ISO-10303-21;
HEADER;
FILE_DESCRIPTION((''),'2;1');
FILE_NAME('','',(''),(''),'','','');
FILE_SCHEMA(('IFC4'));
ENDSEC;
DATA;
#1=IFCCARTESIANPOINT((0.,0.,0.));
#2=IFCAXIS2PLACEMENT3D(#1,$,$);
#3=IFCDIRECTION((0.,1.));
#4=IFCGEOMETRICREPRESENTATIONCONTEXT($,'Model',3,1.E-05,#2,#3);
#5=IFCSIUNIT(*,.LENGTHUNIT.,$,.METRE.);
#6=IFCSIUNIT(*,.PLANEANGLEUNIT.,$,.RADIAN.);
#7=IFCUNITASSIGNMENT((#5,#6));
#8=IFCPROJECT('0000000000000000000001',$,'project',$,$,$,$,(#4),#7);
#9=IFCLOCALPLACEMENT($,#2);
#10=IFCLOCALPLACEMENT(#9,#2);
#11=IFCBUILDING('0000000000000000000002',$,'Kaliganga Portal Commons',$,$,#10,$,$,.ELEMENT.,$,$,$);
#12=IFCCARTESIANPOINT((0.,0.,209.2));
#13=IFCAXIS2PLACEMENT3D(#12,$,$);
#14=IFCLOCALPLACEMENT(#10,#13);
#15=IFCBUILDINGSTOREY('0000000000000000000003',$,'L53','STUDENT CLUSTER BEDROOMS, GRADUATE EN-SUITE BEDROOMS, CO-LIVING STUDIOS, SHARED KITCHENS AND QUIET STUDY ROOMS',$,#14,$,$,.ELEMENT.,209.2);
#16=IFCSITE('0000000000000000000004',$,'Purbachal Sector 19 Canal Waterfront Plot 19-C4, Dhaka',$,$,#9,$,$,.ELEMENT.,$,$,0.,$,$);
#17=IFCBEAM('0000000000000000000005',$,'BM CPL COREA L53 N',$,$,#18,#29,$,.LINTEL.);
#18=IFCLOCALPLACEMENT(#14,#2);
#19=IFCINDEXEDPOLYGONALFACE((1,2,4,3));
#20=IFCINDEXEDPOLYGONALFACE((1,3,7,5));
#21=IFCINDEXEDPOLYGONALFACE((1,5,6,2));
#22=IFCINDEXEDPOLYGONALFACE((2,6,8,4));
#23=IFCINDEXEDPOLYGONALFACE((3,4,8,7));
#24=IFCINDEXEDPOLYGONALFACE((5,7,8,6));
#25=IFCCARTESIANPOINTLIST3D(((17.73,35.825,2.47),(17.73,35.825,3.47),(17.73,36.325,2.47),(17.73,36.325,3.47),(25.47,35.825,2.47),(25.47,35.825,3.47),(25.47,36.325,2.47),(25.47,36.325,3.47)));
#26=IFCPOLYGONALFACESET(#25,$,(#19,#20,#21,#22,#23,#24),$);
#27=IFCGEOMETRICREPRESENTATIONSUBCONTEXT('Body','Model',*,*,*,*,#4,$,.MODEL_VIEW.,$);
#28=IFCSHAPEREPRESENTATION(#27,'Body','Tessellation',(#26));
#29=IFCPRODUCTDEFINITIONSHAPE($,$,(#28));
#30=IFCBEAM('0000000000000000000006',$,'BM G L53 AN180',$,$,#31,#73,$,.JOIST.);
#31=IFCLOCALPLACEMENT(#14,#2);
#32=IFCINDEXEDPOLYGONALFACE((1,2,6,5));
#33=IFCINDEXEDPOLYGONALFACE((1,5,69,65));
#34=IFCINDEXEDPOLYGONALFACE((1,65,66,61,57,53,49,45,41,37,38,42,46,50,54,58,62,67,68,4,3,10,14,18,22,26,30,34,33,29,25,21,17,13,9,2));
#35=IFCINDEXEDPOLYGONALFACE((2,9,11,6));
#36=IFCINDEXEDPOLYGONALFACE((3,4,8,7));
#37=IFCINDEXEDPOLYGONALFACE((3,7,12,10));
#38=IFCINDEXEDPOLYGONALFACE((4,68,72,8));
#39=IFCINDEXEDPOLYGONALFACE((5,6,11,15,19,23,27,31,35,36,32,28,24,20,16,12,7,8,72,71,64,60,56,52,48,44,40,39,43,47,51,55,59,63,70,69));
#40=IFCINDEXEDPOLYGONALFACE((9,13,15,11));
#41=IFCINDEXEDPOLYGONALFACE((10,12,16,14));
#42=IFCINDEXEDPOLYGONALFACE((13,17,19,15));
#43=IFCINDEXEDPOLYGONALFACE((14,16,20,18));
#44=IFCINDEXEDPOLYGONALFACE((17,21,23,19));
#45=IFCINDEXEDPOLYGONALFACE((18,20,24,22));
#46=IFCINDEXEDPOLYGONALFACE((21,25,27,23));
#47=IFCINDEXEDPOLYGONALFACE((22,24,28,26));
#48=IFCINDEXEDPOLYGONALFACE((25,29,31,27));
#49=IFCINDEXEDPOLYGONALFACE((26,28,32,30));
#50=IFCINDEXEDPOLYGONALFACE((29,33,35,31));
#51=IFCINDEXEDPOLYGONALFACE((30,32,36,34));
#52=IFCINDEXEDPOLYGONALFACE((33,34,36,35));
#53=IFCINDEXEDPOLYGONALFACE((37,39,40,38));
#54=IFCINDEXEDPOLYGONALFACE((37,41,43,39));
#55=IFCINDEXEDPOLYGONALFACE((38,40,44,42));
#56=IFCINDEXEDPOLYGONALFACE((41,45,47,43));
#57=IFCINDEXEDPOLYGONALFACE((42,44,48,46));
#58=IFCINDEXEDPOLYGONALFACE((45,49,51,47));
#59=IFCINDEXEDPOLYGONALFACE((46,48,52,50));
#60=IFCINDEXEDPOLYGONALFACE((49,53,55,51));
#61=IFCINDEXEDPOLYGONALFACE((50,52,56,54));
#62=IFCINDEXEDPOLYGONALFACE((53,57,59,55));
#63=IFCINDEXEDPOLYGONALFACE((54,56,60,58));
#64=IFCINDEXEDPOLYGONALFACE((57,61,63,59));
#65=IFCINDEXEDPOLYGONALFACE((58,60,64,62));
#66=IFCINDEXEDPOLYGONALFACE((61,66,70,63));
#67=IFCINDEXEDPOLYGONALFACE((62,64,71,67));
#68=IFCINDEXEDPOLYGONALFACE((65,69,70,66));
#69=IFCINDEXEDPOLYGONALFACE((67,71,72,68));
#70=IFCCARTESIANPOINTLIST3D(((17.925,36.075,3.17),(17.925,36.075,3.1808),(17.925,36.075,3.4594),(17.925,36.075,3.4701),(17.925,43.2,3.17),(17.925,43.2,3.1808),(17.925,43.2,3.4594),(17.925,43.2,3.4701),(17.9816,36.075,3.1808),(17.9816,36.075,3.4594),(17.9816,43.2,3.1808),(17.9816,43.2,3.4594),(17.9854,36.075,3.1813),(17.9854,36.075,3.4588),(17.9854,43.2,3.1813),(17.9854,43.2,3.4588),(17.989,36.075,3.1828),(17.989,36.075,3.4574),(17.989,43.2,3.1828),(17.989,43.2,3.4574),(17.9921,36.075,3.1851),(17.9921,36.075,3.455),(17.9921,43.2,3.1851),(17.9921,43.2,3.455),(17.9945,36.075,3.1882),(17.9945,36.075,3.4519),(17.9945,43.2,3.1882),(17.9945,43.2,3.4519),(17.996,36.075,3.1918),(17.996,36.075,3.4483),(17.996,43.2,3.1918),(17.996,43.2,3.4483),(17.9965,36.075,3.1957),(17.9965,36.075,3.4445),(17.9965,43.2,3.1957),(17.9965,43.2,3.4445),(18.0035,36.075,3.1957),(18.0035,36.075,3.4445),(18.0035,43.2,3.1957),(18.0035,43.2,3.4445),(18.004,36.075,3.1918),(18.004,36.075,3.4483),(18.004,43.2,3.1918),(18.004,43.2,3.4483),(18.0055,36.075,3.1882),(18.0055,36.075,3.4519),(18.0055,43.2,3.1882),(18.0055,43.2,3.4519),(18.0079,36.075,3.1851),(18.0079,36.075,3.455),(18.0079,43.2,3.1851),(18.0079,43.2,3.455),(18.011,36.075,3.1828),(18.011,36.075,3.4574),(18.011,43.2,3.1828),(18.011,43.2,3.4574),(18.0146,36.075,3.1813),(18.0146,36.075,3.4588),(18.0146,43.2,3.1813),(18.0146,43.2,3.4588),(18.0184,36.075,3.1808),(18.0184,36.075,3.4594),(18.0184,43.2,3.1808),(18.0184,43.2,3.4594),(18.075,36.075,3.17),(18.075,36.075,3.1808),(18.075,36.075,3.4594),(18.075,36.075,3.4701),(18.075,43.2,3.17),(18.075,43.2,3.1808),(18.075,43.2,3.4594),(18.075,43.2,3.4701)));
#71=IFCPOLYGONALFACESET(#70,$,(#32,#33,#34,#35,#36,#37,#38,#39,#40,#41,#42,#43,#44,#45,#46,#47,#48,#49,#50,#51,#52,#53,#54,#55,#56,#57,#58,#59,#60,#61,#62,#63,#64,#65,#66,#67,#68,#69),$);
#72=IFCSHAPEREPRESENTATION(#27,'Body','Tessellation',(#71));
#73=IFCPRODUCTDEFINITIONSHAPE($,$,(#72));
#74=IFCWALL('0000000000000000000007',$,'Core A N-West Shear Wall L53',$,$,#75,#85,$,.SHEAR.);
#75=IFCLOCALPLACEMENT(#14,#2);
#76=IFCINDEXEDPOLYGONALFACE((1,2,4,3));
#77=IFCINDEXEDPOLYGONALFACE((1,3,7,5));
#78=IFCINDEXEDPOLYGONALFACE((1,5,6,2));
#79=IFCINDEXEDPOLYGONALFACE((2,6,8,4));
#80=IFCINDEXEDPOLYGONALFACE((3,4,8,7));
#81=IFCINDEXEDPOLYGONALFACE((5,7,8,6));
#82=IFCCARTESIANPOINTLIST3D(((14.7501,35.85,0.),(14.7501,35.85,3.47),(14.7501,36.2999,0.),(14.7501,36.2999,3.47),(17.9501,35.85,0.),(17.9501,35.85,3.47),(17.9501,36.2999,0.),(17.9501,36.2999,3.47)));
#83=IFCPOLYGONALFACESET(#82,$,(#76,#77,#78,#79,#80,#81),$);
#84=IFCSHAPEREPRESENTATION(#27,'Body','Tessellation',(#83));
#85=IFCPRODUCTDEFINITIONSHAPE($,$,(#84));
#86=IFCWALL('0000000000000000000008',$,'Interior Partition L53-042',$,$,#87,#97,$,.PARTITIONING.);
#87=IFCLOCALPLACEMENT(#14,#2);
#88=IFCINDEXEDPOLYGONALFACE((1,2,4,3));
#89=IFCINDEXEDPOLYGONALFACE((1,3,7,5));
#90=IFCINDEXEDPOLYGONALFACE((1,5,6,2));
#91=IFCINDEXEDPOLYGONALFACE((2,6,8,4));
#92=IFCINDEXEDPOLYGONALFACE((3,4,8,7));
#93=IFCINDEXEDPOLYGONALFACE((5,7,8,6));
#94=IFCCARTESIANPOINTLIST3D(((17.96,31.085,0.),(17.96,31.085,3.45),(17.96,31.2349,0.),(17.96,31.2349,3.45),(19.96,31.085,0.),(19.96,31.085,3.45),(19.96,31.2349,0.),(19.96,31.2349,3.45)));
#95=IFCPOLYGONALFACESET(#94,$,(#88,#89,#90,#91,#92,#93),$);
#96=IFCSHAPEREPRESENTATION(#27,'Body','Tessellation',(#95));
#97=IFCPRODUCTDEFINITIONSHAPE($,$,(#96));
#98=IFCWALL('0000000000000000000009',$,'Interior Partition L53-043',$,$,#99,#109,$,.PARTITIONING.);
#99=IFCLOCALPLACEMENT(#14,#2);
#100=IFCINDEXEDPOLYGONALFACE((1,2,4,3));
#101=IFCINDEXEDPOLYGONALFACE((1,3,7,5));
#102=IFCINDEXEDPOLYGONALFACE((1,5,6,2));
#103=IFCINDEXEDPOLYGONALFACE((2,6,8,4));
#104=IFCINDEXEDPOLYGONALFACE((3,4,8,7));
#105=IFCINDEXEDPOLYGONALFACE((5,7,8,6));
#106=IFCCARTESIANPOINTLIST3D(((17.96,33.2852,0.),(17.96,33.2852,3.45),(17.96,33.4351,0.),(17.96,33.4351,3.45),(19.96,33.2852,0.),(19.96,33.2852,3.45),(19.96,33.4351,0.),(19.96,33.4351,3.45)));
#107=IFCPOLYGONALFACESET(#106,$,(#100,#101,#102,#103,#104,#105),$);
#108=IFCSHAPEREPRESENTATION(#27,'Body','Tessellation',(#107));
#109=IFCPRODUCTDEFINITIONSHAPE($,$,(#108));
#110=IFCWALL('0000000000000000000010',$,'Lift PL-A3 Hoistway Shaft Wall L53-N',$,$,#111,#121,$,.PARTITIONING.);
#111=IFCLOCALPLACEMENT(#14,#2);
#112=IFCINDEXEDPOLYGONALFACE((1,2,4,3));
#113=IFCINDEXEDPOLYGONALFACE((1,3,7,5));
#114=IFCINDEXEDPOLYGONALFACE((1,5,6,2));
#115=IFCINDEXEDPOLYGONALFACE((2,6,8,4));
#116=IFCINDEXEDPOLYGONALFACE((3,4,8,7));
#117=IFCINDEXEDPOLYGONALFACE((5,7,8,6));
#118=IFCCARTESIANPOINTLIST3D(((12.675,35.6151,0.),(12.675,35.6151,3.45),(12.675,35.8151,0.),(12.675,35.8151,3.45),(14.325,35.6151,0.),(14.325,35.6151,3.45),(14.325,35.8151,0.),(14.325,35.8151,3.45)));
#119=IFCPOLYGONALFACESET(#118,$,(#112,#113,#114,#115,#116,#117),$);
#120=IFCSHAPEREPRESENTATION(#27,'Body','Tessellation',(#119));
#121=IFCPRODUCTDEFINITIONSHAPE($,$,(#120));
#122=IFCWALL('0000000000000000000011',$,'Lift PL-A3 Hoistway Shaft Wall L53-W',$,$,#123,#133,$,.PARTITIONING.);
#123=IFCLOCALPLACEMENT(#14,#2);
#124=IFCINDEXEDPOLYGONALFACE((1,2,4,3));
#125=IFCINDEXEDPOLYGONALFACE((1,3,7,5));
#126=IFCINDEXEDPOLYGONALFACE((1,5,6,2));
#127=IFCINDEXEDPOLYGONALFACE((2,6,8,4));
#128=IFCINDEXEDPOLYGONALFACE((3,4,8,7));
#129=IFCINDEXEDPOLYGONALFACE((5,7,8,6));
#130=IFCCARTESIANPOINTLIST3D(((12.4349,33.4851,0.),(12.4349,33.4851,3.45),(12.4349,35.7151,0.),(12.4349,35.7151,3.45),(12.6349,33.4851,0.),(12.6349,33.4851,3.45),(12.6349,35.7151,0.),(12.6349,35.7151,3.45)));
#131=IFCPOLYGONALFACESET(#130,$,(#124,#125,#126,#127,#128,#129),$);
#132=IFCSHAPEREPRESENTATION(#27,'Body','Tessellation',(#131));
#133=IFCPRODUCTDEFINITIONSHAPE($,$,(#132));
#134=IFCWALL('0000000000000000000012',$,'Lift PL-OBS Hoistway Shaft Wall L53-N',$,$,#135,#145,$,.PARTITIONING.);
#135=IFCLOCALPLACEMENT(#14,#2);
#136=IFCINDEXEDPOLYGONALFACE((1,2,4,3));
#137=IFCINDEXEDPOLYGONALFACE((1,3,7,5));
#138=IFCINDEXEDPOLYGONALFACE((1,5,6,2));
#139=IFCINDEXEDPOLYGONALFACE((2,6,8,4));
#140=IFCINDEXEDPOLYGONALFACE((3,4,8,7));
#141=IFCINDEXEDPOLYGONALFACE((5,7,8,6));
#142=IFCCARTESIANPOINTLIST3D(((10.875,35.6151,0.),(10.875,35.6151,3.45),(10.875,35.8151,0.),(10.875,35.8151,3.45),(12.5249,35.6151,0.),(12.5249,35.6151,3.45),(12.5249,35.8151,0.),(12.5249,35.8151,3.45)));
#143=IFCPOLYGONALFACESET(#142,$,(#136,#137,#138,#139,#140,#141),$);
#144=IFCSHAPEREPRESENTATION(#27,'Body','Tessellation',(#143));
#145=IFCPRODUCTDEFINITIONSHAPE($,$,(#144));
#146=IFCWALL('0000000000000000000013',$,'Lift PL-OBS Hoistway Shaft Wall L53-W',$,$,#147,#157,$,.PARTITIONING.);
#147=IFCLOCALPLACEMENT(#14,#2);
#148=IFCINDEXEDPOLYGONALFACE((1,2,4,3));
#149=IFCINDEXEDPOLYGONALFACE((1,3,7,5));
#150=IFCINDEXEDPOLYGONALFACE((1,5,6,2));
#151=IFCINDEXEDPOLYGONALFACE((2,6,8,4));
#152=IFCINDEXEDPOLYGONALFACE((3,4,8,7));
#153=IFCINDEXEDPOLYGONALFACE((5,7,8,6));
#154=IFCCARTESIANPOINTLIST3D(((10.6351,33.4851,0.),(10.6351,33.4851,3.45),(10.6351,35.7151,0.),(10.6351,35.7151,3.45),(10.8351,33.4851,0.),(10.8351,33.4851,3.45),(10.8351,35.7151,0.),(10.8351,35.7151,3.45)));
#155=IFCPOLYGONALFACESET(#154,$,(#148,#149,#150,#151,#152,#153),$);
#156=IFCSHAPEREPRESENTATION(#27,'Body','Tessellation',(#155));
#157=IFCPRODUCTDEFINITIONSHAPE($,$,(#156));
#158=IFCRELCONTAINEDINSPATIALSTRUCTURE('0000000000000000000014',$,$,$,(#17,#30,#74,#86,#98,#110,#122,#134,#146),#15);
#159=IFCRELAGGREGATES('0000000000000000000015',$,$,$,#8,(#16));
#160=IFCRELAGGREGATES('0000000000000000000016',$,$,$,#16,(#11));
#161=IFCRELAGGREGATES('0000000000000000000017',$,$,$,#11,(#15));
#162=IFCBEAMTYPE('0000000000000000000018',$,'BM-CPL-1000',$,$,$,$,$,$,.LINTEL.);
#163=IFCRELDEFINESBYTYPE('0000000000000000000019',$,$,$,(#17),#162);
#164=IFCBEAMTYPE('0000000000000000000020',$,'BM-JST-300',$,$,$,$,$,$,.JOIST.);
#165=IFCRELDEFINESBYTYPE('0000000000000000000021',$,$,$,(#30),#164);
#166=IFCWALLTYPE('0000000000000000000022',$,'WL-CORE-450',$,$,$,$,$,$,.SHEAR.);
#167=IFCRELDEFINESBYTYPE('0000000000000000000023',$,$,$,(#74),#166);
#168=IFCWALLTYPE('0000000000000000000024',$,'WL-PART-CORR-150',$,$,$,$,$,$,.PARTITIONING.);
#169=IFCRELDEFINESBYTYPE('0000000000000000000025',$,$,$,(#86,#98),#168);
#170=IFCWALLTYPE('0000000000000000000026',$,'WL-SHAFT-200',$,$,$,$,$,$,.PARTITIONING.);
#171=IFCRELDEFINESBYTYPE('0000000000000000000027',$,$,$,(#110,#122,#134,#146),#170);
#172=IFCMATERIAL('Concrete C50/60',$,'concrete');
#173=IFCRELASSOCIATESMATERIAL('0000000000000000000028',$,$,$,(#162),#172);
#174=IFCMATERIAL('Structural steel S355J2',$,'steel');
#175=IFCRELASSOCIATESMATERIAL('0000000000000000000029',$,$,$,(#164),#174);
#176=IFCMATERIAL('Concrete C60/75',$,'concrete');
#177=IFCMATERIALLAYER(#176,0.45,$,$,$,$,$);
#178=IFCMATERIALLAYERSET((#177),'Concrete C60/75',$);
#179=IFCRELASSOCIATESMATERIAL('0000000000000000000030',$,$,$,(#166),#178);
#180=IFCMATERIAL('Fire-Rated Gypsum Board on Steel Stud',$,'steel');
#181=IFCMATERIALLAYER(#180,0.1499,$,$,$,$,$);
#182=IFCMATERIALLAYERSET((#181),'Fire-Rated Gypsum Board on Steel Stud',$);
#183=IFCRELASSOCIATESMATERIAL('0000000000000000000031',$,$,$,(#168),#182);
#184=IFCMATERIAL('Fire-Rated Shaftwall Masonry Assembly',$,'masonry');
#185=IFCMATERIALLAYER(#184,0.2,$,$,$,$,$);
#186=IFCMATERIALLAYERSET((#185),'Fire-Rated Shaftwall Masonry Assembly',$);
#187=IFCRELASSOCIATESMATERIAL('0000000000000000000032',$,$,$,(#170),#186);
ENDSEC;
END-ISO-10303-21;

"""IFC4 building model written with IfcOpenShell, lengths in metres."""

from ifc_helpers import new_model, si_unit, direction, frame, frame_2d, origin, origin_2d, place, context, subcontext, project, spatial, rectangle, i_section, extrude, source, transform, mapped, material, layer, layer_set, material_profile, profile_set, type_object, element, save


model = new_model("IFC4")

# Units and contexts
model_context = context("Model", 3, precision=1e-05, world=origin(), true_north=direction((0.0, 1.0)))
body_context = subcontext(model_context, "Body", "Model", "MODEL_VIEW")
ifc_project = project(units=[si_unit("LENGTHUNIT", "METRE"), si_unit("PLANEANGLEUNIT", "RADIAN")], contexts=[model_context])

# Site, building, storey
site_placement = place(None, origin())
site = spatial("IfcSite", under=ifc_project, at=site_placement, Name="Purbachal Sector 19 Canal Waterfront Plot 19-C4, Dhaka", CompositionType="ELEMENT", RefElevation=0.0)
building_placement = place(site_placement, origin())
building = spatial("IfcBuilding", under=site, at=building_placement, Name="Kaliganga Portal Commons", CompositionType="ELEMENT")
storey_placement = place(building_placement, frame((0.0, 0.0, 209.2)))
storey = spatial("IfcBuildingStorey", under=building, at=storey_placement, Name="L53", Description="STUDENT CLUSTER BEDROOMS, GRADUATE EN-SUITE BEDROOMS, CO-LIVING STUDIOS, SHARED KITCHENS AND QUIET STUDY ROOMS", CompositionType="ELEMENT", Elevation=209.2)

# Beams
ifc_material_1 = material(Name="Concrete C50/60", Category="concrete")
ifc_material_profile_1 = material_profile(ifc_material_1, rectangle(XDim=0.5, YDim=1.0, at=origin_2d()), Name="RC 500x1000")
ifc_profile_set_1 = profile_set([ifc_material_profile_1], Name="Concrete C50/60")
beam_type_1 = type_object("IfcBeamType", Name="BM-CPL-1000", PredefinedType="LINTEL", material=ifc_profile_set_1)
shared_shape_1 = source(origin(), body_context, "Body", "SweptSolid", [
    extrude(rectangle(XDim=0.5, YDim=1.0, at=origin_2d()), origin(), (0.0, 0.0, 1.0), 7.74),
])
beam_1_placement = place(storey_placement, frame((17.73, 36.075, 2.97), z_axis=(1.0, 0.0, 0.0), x_axis=(0.0, 1.0, 0.0)))
element("IfcBeam", 1, at=beam_1_placement, inside=storey, type_object=beam_type_1, Name="BM CPL COREA L53 N", PredefinedType="LINTEL", context=body_context, shape_type="MappedRepresentation", body=[
    mapped(shared_shape_1, transform((0.0, 0.0, 0.0), x_axis=(1.0, 0.0, 0.0), y_axis=(0.0, 1.0, 0.0), z_axis=(0.0, 0.0, 1.0), scale=1.0)),
])
ifc_material_2 = material(Name="Structural steel S355J2", Category="steel")
ifc_material_profile_2 = material_profile(ifc_material_2, i_section(OverallWidth=0.1499, OverallDepth=0.3, WebThickness=0.0071, FlangeThickness=0.0107, FilletRadius=0.0149, at=origin_2d()), Name="IPE 300")
ifc_profile_set_2 = profile_set([ifc_material_profile_2], Name="Structural steel S355J2 wide-flange")
beam_type_2 = type_object("IfcBeamType", Name="BM-JST-300", PredefinedType="JOIST", material=ifc_profile_set_2)
shared_shape_2 = source(origin(), body_context, "Body", "SweptSolid", [
    extrude(i_section(OverallWidth=0.1499, OverallDepth=0.3, WebThickness=0.0071, FlangeThickness=0.0107, FilletRadius=0.0149, at=origin_2d()), origin(), (0.0, 0.0, 1.0), 7.125),
])
beam_2_placement = place(storey_placement, frame((18.0, 36.075, 3.3201), z_axis=(0.0, 1.0, 0.0), x_axis=(-1.0, 0.0, 0.0)))
element("IfcBeam", 2, at=beam_2_placement, inside=storey, type_object=beam_type_2, Name="BM G L53 AN180", PredefinedType="JOIST", context=body_context, shape_type="MappedRepresentation", body=[
    mapped(shared_shape_2, transform((0.0, 0.0, 0.0), x_axis=(1.0, 0.0, 0.0), y_axis=(0.0, 1.0, 0.0), z_axis=(0.0, 0.0, 1.0), scale=1.0)),
])

# Walls
ifc_material_3 = material(Name="Concrete C60/75", Category="concrete")
ifc_layer_1 = layer(ifc_material_3, 0.45)
ifc_layer_set_1 = layer_set([ifc_layer_1], Name="Concrete C60/75")
wall_type_1 = type_object("IfcWallType", Name="WL-CORE-450", PredefinedType="SHEAR", material=ifc_layer_set_1)
wall_1_placement = place(storey_placement, frame((14.75, 36.075, 0.0), z_axis=(0.0, 0.0, 1.0), x_axis=(1.0, 0.0, 0.0)))
element("IfcWall", 3, at=wall_1_placement, inside=storey, type_object=wall_type_1, Name="Core A N-West Shear Wall L53", PredefinedType="SHEAR", context=body_context, shape_type="SweptSolid", body=[
    extrude(rectangle(XDim=3.2, YDim=0.45, at=frame_2d((1.6001, 0.0))), origin(), (0.0, 0.0, 1.0), 3.47),
])
ifc_material_4 = material(Name="Fire-Rated Gypsum Board on Steel Stud", Category="steel")
ifc_layer_2 = layer(ifc_material_4, 0.1499)
ifc_layer_set_2 = layer_set([ifc_layer_2], Name="Fire-Rated Gypsum Board on Steel Stud")
wall_type_2 = type_object("IfcWallType", Name="WL-PART-CORR-150", PredefinedType="PARTITIONING", material=ifc_layer_set_2)
for number, where, z_axis, x_axis, name in (
    (4, (17.96, 31.1599, 0.0), (0.0, 0.0, 1.0), (1.0, 0.0, 0.0), "Interior Partition L53-042"),
    (5, (17.96, 33.3601, 0.0), (0.0, 0.0, 1.0), (1.0, 0.0, 0.0), "Interior Partition L53-043"),
):
    element("IfcWall", number, at=place(storey_placement, frame(where, z_axis=z_axis, x_axis=x_axis)), inside=storey, type_object=wall_type_2, Name=name, PredefinedType="PARTITIONING", context=body_context, shape_type="SweptSolid", body=[
        extrude(rectangle(XDim=2.0, YDim=0.1499, at=frame_2d((1.0, 0.0))), origin(), (0.0, 0.0, 1.0), 3.45),
    ])

# Shared definitions
ifc_material_5 = material(Name="Fire-Rated Shaftwall Masonry Assembly", Category="masonry")
ifc_layer_3 = layer(ifc_material_5, 0.2)
ifc_layer_set_3 = layer_set([ifc_layer_3], Name="Fire-Rated Shaftwall Masonry Assembly")
wall_type_3 = type_object("IfcWallType", Name="WL-SHAFT-200", PredefinedType="PARTITIONING", material=ifc_layer_set_3)

# Walls
wall_2_placement = place(storey_placement, frame((12.675, 35.7151, 0.0), z_axis=(0.0, 0.0, 1.0), x_axis=(1.0, 0.0, 0.0)))
element("IfcWall", 6, at=wall_2_placement, inside=storey, type_object=wall_type_3, Name="Lift PL-A3 Hoistway Shaft Wall L53-N", PredefinedType="PARTITIONING", context=body_context, shape_type="SweptSolid", body=[
    extrude(rectangle(XDim=1.6499, YDim=0.2, at=frame_2d((0.825, 0.0))), origin(), (0.0, 0.0, 1.0), 3.45),
])
wall_3_placement = place(storey_placement, frame((12.5349, 33.4851, 0.0), z_axis=(0.0, 0.0, 1.0), x_axis=(0.0, 1.0, 0.0)))
element("IfcWall", 7, at=wall_3_placement, inside=storey, type_object=wall_type_3, Name="Lift PL-A3 Hoistway Shaft Wall L53-W", PredefinedType="PARTITIONING", context=body_context, shape_type="SweptSolid", body=[
    extrude(rectangle(XDim=2.23, YDim=0.2, at=frame_2d((1.115, 0.0))), origin(), (0.0, 0.0, 1.0), 3.45),
])

# Walls
wall_4_placement = place(storey_placement, frame((10.875, 35.7151, 0.0), z_axis=(0.0, 0.0, 1.0), x_axis=(1.0, 0.0, 0.0)))
element("IfcWall", 8, at=wall_4_placement, inside=storey, type_object=wall_type_3, Name="Lift PL-OBS Hoistway Shaft Wall L53-N", PredefinedType="PARTITIONING", context=body_context, shape_type="SweptSolid", body=[
    extrude(rectangle(XDim=1.6499, YDim=0.2, at=frame_2d((0.825, 0.0))), origin(), (0.0, 0.0, 1.0), 3.45),
])
wall_5_placement = place(storey_placement, frame((10.7351, 33.4851, 0.0), z_axis=(0.0, 0.0, 1.0), x_axis=(0.0, 1.0, 0.0)))
element("IfcWall", 9, at=wall_5_placement, inside=storey, type_object=wall_type_3, Name="Lift PL-OBS Hoistway Shaft Wall L53-W", PredefinedType="PARTITIONING", context=body_context, shape_type="SweptSolid", body=[
    extrude(rectangle(XDim=2.23, YDim=0.2, at=frame_2d((1.115, 0.0))), origin(), (0.0, 0.0, 1.0), 3.45),
])

save(model, "model.ifc")
